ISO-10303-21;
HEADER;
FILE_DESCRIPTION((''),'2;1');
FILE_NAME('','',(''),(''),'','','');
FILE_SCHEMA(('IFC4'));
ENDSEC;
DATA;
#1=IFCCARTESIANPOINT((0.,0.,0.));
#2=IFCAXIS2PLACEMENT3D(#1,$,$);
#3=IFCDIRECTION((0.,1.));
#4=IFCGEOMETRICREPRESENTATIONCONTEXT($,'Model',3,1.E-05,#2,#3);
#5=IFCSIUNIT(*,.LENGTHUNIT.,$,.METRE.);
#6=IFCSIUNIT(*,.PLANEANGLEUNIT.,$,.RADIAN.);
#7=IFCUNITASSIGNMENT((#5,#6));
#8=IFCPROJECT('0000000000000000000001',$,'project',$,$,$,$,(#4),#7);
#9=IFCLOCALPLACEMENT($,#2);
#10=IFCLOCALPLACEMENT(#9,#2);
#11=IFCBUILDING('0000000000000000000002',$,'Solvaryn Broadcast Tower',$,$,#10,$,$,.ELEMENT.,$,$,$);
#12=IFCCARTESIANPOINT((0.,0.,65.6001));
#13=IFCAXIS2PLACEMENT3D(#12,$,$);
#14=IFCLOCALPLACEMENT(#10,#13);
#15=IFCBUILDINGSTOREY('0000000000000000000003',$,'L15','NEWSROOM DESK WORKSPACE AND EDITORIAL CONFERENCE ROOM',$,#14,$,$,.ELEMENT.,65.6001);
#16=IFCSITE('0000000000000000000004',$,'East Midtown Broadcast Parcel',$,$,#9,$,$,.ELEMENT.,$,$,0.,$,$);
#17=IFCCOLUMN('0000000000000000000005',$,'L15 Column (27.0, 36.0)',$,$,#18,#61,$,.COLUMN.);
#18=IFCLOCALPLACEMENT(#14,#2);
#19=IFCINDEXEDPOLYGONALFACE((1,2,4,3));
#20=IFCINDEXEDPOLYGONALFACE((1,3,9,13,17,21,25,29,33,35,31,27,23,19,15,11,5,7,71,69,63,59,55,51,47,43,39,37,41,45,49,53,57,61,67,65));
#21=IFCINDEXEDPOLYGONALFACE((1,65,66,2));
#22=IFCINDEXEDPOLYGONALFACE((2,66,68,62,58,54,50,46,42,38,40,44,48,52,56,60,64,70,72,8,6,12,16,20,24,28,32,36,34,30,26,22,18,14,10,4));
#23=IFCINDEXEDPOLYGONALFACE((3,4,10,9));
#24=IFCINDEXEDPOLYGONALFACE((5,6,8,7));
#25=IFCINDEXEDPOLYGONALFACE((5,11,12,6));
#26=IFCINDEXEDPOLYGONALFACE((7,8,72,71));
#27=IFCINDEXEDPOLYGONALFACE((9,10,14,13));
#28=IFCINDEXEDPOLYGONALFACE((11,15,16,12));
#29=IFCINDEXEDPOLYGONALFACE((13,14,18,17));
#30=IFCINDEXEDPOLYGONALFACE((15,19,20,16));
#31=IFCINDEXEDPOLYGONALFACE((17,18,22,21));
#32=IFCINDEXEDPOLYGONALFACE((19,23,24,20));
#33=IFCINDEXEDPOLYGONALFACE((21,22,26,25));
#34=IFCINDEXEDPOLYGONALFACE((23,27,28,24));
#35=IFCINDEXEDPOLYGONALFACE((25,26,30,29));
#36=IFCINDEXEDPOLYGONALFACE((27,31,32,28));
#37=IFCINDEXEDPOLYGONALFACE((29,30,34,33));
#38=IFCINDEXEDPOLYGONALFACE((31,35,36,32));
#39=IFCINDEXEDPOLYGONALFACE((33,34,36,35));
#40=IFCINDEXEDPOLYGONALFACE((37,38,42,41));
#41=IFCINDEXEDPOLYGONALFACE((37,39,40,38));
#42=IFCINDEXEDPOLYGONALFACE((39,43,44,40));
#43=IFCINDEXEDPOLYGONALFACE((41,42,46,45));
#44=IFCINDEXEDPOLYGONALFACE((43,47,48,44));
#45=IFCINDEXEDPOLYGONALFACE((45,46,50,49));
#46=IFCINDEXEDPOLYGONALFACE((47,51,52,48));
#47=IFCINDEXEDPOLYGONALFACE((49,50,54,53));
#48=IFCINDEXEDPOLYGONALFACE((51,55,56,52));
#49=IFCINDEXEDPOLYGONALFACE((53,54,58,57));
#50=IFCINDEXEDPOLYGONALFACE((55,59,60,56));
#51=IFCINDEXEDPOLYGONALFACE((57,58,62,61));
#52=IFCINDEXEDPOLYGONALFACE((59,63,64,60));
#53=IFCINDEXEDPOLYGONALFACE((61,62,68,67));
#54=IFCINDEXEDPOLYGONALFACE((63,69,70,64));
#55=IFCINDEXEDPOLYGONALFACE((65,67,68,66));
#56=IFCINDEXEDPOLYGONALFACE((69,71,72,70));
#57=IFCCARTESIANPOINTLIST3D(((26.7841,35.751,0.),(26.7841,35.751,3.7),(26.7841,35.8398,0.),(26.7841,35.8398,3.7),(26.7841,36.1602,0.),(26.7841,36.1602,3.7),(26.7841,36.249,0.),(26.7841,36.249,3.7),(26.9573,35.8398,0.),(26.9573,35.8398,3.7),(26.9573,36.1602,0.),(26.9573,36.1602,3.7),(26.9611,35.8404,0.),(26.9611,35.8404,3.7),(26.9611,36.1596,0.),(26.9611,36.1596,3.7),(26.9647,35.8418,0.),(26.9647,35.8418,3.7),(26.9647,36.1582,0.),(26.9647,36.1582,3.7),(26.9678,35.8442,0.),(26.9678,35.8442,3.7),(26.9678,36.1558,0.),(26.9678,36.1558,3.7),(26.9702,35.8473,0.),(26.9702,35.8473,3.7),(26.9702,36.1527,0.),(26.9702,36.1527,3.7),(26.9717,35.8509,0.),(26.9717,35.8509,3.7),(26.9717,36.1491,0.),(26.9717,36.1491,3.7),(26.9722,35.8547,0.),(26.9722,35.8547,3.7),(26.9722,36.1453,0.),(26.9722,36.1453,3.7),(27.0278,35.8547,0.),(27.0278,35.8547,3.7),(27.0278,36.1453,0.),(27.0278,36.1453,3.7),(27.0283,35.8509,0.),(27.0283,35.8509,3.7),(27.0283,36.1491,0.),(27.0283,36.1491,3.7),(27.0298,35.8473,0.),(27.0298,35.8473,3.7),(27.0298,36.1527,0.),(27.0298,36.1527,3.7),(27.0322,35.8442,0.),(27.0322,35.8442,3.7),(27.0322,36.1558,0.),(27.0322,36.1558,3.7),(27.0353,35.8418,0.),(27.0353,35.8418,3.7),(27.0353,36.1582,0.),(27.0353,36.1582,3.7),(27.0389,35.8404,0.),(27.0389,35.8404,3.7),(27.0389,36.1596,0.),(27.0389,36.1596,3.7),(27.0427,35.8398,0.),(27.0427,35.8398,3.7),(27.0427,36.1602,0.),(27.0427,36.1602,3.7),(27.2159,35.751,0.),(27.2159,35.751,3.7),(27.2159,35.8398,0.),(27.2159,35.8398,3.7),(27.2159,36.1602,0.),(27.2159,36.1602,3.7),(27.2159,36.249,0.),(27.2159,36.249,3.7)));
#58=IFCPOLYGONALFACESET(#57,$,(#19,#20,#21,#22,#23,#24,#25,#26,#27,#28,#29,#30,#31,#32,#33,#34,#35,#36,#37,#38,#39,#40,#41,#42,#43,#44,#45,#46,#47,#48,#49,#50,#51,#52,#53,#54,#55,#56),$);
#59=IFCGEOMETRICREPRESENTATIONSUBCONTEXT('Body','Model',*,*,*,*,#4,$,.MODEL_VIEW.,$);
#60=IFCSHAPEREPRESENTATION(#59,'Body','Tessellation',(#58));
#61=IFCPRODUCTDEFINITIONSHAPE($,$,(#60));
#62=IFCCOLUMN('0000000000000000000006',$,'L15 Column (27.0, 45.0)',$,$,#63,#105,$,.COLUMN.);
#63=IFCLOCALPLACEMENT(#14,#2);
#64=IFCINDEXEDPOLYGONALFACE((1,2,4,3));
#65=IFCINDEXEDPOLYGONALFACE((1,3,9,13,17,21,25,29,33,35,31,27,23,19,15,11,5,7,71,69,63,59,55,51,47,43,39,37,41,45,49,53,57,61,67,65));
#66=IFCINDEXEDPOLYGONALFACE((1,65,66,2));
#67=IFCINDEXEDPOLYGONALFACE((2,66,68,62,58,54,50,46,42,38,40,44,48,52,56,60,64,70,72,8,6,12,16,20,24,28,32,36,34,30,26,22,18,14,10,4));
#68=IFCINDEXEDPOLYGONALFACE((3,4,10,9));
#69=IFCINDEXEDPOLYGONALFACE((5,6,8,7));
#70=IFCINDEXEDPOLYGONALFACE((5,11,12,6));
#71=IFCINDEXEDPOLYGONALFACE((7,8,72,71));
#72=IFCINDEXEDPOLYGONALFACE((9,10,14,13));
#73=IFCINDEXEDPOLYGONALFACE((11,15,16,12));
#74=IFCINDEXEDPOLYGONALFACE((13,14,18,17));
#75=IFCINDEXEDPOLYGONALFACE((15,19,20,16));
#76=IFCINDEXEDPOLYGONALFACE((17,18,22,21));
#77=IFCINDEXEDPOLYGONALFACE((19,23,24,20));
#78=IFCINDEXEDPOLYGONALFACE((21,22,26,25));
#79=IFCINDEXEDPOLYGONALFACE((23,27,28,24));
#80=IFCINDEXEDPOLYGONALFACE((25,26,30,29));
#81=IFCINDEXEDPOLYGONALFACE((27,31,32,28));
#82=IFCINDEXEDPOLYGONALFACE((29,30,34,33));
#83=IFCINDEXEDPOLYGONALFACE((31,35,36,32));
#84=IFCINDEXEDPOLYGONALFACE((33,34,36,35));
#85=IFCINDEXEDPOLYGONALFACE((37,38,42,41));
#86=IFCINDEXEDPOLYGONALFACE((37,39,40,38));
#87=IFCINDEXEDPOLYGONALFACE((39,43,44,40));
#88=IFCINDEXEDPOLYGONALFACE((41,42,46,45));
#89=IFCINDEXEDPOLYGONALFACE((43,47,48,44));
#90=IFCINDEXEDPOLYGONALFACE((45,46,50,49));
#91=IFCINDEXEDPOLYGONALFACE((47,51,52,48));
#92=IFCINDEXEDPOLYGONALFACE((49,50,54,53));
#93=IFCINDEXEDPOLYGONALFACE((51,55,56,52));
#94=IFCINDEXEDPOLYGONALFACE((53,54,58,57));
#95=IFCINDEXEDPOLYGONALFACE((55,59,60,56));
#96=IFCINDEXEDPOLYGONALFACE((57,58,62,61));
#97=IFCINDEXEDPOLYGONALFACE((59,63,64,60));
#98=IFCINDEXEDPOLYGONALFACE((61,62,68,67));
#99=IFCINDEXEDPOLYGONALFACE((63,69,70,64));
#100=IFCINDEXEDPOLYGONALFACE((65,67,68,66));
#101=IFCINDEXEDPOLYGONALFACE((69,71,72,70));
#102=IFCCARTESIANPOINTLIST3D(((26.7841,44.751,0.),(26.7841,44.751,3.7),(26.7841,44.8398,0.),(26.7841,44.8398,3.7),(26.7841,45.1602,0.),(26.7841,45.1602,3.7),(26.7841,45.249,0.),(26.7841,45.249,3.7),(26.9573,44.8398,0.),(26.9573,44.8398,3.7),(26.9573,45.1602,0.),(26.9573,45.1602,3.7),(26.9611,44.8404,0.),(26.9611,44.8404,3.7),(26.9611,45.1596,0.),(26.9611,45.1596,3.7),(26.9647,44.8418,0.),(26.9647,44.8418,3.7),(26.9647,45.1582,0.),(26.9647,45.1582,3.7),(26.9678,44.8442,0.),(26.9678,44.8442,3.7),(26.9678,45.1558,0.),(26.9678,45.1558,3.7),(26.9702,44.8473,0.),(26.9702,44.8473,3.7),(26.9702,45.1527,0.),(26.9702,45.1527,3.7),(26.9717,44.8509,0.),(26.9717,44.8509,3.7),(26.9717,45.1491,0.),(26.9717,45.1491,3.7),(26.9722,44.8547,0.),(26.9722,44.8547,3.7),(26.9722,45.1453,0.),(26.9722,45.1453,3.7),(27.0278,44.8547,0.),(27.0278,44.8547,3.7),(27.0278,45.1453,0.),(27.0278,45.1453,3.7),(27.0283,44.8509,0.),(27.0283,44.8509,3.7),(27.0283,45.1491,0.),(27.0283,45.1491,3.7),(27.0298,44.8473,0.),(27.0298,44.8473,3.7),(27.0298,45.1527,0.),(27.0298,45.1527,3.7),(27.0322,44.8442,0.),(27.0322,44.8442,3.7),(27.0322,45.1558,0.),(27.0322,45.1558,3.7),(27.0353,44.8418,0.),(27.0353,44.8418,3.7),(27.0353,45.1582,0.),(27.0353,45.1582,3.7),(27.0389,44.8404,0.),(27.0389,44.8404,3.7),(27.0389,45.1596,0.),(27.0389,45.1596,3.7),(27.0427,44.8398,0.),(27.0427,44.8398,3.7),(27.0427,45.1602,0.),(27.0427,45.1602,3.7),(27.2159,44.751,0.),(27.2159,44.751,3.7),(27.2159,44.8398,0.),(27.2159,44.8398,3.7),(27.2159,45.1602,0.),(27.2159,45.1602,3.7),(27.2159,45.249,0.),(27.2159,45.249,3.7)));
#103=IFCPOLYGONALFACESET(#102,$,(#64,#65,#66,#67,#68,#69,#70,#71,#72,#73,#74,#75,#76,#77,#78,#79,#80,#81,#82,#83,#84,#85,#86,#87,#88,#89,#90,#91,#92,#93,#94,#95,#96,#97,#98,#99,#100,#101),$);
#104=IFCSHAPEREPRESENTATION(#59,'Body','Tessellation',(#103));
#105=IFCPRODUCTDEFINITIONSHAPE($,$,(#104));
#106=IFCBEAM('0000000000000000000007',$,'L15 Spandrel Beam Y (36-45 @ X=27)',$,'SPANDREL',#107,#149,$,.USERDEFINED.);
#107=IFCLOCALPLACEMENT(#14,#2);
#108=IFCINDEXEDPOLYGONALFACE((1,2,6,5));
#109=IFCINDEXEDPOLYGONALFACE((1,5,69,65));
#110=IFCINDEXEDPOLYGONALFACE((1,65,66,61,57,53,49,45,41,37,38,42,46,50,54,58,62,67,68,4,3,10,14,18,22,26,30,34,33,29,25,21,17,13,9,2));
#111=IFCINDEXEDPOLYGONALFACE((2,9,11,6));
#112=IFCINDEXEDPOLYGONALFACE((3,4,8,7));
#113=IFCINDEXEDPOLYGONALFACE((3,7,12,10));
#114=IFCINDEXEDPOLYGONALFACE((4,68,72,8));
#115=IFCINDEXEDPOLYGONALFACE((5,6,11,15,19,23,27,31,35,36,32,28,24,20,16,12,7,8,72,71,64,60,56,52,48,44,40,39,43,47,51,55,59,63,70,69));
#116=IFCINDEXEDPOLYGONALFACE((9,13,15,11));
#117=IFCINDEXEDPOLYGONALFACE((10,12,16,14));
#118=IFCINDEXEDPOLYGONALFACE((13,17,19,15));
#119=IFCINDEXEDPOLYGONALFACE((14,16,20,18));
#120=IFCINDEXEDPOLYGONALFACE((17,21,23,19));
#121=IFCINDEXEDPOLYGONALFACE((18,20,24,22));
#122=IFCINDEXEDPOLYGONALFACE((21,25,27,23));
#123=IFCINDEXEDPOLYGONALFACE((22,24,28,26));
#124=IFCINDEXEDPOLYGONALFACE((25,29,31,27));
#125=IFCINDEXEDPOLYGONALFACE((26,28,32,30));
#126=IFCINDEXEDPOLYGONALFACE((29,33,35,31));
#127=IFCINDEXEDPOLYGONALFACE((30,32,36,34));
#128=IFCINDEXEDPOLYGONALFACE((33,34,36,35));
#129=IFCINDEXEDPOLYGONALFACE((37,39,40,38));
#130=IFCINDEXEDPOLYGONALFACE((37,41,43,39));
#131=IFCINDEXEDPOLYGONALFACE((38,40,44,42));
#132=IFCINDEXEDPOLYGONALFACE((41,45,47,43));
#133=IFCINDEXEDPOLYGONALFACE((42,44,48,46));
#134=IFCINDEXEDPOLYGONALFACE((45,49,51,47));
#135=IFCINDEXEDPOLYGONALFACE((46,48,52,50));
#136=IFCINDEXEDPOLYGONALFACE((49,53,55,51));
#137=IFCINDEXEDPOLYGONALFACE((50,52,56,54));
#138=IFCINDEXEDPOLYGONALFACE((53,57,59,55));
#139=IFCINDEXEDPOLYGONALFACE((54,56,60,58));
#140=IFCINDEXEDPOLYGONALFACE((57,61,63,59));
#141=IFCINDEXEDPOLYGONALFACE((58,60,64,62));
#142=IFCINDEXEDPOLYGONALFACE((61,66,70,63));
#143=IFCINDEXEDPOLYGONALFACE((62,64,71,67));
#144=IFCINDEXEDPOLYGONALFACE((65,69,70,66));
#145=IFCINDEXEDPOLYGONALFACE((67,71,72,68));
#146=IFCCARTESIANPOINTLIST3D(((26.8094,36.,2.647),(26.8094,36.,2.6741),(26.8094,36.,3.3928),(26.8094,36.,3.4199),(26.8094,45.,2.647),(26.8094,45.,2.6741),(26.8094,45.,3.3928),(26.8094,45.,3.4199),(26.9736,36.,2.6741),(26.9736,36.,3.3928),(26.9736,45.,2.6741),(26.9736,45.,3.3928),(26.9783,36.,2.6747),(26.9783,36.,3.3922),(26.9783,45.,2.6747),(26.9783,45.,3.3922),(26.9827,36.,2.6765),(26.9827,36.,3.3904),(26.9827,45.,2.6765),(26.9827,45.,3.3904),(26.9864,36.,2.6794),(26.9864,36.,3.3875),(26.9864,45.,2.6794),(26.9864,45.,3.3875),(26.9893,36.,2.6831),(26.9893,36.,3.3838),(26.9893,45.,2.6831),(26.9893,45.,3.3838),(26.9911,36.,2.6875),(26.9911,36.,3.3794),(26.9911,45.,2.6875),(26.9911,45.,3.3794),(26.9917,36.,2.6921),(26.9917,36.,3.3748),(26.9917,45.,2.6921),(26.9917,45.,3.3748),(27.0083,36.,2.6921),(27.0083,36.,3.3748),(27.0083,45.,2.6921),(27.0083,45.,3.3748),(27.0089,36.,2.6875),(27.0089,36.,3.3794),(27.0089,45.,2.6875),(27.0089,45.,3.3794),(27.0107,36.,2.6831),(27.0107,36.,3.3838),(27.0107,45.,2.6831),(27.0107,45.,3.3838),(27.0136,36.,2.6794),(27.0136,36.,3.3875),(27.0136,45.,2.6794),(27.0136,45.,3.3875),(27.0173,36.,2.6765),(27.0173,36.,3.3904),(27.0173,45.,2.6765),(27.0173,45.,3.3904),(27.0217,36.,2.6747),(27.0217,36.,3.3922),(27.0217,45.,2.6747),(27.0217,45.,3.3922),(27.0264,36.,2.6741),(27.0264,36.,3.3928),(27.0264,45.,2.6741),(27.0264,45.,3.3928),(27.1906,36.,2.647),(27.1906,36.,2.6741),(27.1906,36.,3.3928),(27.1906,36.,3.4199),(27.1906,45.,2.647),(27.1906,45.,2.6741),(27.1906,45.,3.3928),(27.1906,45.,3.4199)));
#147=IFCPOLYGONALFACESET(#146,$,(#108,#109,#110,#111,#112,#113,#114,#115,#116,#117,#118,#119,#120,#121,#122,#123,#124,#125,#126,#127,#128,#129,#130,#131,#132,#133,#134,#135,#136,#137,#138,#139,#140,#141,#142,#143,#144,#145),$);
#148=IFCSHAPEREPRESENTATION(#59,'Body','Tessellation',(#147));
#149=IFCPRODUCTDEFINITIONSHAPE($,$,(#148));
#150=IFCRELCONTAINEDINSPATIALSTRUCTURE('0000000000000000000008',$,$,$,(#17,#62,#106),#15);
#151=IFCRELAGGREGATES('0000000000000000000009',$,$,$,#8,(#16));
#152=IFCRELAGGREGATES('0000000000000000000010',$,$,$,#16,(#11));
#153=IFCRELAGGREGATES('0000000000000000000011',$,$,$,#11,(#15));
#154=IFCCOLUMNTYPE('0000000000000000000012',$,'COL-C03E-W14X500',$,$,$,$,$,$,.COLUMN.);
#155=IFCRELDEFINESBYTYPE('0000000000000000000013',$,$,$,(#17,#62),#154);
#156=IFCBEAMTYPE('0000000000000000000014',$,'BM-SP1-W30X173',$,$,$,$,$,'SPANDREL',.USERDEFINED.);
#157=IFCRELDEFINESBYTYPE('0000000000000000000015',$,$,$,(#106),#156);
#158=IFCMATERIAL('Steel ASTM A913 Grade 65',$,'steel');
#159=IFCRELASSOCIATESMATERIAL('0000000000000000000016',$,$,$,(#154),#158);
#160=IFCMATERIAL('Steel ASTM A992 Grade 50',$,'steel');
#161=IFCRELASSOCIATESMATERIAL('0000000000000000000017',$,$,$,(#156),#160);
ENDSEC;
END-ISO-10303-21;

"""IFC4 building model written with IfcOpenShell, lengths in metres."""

from ifc_helpers import new_model, si_unit, direction, frame, origin, origin_2d, place, context, subcontext, project, spatial, i_section, extrude, material, material_profile, profile_set, type_object, element, save


model = new_model("IFC4")

# Units and contexts
model_context = context("Model", 3, precision=1e-05, world=origin(), true_north=direction((0.0, 1.0)))
body_context = subcontext(model_context, "Body", "Model", "MODEL_VIEW")
ifc_project = project(units=[si_unit("LENGTHUNIT", "METRE"), si_unit("PLANEANGLEUNIT", "RADIAN")], contexts=[model_context])

# Site, building, storey
site_placement = place(None, origin())
site = spatial("IfcSite", under=ifc_project, at=site_placement, Name="East Midtown Broadcast Parcel", CompositionType="ELEMENT", RefElevation=0.0)
building_placement = place(site_placement, origin())
building = spatial("IfcBuilding", under=site, at=building_placement, Name="Solvaryn Broadcast Tower", CompositionType="ELEMENT")
storey_placement = place(building_placement, frame((0.0, 0.0, 65.6001)))
storey = spatial("IfcBuildingStorey", under=building, at=storey_placement, Name="L15", Description="NEWSROOM DESK WORKSPACE AND EDITORIAL CONFERENCE ROOM", CompositionType="ELEMENT", Elevation=65.6001)

# Columns
ifc_material_1 = material(Name="Steel ASTM A913 Grade 65", Category="steel")
ifc_material_profile_1 = material_profile(ifc_material_1, i_section(OverallWidth=0.4319, OverallDepth=0.498, WebThickness=0.0557, FlangeThickness=0.0889, FilletRadius=0.0149, at=origin_2d()))
ifc_profile_set_1 = profile_set([ifc_material_profile_1], Name="Steel ASTM A913 Grade 65")
column_type = type_object("IfcColumnType", Name="COL-C03E-W14X500", PredefinedType="COLUMN", material=ifc_profile_set_1)
for number, where, z_axis, x_axis, name in (
    (1, (27.0, 36.0, 0.0), (0.0, 0.0, 1.0), (1.0, 0.0, 0.0), "L15 Column (27.0, 36.0)"),
    (2, (27.0, 45.0, 0.0), (0.0, 0.0, 1.0), (1.0, 0.0, 0.0), "L15 Column (27.0, 45.0)"),
):
    element("IfcColumn", number, at=place(storey_placement, frame(where, z_axis=z_axis, x_axis=x_axis)), inside=storey, type_object=column_type, Name=name, PredefinedType="COLUMN", context=body_context, shape_type="SweptSolid", body=[
        extrude(i_section(OverallWidth=0.4319, OverallDepth=0.498, WebThickness=0.0557, FlangeThickness=0.0889, FilletRadius=0.0149, at=origin_2d()), origin(), (0.0, 0.0, 1.0), 3.7),
    ])

# Beam
ifc_material_2 = material(Name="Steel ASTM A992 Grade 50", Category="steel")
ifc_material_profile_2 = material_profile(ifc_material_2, i_section(OverallWidth=0.3811, OverallDepth=0.7729, WebThickness=0.0166, FlangeThickness=0.0271, FilletRadius=0.0181, at=origin_2d()))
ifc_profile_set_2 = profile_set([ifc_material_profile_2], Name="Steel ASTM A992 Grade 50")
beam_type = type_object("IfcBeamType", Name="BM-SP1-W30X173", ElementType="SPANDREL", PredefinedType="USERDEFINED", material=ifc_profile_set_2)
beam_placement = place(storey_placement, frame((27.0, 36.0, 3.0334), z_axis=(0.0, 1.0, 0.0), x_axis=(-1.0, 0.0, 0.0)))
element("IfcBeam", 3, at=beam_placement, inside=storey, type_object=beam_type, Name="L15 Spandrel Beam Y (36-45 @ X=27)", ObjectType="SPANDREL", PredefinedType="USERDEFINED", context=body_context, shape_type="SweptSolid", body=[
    extrude(i_section(OverallWidth=0.3811, OverallDepth=0.7729, WebThickness=0.0166, FlangeThickness=0.0271, FilletRadius=0.0181, at=origin_2d()), origin(), (0.0, 0.0, 1.0), 9.0),
])

save(model, "model.ifc")
